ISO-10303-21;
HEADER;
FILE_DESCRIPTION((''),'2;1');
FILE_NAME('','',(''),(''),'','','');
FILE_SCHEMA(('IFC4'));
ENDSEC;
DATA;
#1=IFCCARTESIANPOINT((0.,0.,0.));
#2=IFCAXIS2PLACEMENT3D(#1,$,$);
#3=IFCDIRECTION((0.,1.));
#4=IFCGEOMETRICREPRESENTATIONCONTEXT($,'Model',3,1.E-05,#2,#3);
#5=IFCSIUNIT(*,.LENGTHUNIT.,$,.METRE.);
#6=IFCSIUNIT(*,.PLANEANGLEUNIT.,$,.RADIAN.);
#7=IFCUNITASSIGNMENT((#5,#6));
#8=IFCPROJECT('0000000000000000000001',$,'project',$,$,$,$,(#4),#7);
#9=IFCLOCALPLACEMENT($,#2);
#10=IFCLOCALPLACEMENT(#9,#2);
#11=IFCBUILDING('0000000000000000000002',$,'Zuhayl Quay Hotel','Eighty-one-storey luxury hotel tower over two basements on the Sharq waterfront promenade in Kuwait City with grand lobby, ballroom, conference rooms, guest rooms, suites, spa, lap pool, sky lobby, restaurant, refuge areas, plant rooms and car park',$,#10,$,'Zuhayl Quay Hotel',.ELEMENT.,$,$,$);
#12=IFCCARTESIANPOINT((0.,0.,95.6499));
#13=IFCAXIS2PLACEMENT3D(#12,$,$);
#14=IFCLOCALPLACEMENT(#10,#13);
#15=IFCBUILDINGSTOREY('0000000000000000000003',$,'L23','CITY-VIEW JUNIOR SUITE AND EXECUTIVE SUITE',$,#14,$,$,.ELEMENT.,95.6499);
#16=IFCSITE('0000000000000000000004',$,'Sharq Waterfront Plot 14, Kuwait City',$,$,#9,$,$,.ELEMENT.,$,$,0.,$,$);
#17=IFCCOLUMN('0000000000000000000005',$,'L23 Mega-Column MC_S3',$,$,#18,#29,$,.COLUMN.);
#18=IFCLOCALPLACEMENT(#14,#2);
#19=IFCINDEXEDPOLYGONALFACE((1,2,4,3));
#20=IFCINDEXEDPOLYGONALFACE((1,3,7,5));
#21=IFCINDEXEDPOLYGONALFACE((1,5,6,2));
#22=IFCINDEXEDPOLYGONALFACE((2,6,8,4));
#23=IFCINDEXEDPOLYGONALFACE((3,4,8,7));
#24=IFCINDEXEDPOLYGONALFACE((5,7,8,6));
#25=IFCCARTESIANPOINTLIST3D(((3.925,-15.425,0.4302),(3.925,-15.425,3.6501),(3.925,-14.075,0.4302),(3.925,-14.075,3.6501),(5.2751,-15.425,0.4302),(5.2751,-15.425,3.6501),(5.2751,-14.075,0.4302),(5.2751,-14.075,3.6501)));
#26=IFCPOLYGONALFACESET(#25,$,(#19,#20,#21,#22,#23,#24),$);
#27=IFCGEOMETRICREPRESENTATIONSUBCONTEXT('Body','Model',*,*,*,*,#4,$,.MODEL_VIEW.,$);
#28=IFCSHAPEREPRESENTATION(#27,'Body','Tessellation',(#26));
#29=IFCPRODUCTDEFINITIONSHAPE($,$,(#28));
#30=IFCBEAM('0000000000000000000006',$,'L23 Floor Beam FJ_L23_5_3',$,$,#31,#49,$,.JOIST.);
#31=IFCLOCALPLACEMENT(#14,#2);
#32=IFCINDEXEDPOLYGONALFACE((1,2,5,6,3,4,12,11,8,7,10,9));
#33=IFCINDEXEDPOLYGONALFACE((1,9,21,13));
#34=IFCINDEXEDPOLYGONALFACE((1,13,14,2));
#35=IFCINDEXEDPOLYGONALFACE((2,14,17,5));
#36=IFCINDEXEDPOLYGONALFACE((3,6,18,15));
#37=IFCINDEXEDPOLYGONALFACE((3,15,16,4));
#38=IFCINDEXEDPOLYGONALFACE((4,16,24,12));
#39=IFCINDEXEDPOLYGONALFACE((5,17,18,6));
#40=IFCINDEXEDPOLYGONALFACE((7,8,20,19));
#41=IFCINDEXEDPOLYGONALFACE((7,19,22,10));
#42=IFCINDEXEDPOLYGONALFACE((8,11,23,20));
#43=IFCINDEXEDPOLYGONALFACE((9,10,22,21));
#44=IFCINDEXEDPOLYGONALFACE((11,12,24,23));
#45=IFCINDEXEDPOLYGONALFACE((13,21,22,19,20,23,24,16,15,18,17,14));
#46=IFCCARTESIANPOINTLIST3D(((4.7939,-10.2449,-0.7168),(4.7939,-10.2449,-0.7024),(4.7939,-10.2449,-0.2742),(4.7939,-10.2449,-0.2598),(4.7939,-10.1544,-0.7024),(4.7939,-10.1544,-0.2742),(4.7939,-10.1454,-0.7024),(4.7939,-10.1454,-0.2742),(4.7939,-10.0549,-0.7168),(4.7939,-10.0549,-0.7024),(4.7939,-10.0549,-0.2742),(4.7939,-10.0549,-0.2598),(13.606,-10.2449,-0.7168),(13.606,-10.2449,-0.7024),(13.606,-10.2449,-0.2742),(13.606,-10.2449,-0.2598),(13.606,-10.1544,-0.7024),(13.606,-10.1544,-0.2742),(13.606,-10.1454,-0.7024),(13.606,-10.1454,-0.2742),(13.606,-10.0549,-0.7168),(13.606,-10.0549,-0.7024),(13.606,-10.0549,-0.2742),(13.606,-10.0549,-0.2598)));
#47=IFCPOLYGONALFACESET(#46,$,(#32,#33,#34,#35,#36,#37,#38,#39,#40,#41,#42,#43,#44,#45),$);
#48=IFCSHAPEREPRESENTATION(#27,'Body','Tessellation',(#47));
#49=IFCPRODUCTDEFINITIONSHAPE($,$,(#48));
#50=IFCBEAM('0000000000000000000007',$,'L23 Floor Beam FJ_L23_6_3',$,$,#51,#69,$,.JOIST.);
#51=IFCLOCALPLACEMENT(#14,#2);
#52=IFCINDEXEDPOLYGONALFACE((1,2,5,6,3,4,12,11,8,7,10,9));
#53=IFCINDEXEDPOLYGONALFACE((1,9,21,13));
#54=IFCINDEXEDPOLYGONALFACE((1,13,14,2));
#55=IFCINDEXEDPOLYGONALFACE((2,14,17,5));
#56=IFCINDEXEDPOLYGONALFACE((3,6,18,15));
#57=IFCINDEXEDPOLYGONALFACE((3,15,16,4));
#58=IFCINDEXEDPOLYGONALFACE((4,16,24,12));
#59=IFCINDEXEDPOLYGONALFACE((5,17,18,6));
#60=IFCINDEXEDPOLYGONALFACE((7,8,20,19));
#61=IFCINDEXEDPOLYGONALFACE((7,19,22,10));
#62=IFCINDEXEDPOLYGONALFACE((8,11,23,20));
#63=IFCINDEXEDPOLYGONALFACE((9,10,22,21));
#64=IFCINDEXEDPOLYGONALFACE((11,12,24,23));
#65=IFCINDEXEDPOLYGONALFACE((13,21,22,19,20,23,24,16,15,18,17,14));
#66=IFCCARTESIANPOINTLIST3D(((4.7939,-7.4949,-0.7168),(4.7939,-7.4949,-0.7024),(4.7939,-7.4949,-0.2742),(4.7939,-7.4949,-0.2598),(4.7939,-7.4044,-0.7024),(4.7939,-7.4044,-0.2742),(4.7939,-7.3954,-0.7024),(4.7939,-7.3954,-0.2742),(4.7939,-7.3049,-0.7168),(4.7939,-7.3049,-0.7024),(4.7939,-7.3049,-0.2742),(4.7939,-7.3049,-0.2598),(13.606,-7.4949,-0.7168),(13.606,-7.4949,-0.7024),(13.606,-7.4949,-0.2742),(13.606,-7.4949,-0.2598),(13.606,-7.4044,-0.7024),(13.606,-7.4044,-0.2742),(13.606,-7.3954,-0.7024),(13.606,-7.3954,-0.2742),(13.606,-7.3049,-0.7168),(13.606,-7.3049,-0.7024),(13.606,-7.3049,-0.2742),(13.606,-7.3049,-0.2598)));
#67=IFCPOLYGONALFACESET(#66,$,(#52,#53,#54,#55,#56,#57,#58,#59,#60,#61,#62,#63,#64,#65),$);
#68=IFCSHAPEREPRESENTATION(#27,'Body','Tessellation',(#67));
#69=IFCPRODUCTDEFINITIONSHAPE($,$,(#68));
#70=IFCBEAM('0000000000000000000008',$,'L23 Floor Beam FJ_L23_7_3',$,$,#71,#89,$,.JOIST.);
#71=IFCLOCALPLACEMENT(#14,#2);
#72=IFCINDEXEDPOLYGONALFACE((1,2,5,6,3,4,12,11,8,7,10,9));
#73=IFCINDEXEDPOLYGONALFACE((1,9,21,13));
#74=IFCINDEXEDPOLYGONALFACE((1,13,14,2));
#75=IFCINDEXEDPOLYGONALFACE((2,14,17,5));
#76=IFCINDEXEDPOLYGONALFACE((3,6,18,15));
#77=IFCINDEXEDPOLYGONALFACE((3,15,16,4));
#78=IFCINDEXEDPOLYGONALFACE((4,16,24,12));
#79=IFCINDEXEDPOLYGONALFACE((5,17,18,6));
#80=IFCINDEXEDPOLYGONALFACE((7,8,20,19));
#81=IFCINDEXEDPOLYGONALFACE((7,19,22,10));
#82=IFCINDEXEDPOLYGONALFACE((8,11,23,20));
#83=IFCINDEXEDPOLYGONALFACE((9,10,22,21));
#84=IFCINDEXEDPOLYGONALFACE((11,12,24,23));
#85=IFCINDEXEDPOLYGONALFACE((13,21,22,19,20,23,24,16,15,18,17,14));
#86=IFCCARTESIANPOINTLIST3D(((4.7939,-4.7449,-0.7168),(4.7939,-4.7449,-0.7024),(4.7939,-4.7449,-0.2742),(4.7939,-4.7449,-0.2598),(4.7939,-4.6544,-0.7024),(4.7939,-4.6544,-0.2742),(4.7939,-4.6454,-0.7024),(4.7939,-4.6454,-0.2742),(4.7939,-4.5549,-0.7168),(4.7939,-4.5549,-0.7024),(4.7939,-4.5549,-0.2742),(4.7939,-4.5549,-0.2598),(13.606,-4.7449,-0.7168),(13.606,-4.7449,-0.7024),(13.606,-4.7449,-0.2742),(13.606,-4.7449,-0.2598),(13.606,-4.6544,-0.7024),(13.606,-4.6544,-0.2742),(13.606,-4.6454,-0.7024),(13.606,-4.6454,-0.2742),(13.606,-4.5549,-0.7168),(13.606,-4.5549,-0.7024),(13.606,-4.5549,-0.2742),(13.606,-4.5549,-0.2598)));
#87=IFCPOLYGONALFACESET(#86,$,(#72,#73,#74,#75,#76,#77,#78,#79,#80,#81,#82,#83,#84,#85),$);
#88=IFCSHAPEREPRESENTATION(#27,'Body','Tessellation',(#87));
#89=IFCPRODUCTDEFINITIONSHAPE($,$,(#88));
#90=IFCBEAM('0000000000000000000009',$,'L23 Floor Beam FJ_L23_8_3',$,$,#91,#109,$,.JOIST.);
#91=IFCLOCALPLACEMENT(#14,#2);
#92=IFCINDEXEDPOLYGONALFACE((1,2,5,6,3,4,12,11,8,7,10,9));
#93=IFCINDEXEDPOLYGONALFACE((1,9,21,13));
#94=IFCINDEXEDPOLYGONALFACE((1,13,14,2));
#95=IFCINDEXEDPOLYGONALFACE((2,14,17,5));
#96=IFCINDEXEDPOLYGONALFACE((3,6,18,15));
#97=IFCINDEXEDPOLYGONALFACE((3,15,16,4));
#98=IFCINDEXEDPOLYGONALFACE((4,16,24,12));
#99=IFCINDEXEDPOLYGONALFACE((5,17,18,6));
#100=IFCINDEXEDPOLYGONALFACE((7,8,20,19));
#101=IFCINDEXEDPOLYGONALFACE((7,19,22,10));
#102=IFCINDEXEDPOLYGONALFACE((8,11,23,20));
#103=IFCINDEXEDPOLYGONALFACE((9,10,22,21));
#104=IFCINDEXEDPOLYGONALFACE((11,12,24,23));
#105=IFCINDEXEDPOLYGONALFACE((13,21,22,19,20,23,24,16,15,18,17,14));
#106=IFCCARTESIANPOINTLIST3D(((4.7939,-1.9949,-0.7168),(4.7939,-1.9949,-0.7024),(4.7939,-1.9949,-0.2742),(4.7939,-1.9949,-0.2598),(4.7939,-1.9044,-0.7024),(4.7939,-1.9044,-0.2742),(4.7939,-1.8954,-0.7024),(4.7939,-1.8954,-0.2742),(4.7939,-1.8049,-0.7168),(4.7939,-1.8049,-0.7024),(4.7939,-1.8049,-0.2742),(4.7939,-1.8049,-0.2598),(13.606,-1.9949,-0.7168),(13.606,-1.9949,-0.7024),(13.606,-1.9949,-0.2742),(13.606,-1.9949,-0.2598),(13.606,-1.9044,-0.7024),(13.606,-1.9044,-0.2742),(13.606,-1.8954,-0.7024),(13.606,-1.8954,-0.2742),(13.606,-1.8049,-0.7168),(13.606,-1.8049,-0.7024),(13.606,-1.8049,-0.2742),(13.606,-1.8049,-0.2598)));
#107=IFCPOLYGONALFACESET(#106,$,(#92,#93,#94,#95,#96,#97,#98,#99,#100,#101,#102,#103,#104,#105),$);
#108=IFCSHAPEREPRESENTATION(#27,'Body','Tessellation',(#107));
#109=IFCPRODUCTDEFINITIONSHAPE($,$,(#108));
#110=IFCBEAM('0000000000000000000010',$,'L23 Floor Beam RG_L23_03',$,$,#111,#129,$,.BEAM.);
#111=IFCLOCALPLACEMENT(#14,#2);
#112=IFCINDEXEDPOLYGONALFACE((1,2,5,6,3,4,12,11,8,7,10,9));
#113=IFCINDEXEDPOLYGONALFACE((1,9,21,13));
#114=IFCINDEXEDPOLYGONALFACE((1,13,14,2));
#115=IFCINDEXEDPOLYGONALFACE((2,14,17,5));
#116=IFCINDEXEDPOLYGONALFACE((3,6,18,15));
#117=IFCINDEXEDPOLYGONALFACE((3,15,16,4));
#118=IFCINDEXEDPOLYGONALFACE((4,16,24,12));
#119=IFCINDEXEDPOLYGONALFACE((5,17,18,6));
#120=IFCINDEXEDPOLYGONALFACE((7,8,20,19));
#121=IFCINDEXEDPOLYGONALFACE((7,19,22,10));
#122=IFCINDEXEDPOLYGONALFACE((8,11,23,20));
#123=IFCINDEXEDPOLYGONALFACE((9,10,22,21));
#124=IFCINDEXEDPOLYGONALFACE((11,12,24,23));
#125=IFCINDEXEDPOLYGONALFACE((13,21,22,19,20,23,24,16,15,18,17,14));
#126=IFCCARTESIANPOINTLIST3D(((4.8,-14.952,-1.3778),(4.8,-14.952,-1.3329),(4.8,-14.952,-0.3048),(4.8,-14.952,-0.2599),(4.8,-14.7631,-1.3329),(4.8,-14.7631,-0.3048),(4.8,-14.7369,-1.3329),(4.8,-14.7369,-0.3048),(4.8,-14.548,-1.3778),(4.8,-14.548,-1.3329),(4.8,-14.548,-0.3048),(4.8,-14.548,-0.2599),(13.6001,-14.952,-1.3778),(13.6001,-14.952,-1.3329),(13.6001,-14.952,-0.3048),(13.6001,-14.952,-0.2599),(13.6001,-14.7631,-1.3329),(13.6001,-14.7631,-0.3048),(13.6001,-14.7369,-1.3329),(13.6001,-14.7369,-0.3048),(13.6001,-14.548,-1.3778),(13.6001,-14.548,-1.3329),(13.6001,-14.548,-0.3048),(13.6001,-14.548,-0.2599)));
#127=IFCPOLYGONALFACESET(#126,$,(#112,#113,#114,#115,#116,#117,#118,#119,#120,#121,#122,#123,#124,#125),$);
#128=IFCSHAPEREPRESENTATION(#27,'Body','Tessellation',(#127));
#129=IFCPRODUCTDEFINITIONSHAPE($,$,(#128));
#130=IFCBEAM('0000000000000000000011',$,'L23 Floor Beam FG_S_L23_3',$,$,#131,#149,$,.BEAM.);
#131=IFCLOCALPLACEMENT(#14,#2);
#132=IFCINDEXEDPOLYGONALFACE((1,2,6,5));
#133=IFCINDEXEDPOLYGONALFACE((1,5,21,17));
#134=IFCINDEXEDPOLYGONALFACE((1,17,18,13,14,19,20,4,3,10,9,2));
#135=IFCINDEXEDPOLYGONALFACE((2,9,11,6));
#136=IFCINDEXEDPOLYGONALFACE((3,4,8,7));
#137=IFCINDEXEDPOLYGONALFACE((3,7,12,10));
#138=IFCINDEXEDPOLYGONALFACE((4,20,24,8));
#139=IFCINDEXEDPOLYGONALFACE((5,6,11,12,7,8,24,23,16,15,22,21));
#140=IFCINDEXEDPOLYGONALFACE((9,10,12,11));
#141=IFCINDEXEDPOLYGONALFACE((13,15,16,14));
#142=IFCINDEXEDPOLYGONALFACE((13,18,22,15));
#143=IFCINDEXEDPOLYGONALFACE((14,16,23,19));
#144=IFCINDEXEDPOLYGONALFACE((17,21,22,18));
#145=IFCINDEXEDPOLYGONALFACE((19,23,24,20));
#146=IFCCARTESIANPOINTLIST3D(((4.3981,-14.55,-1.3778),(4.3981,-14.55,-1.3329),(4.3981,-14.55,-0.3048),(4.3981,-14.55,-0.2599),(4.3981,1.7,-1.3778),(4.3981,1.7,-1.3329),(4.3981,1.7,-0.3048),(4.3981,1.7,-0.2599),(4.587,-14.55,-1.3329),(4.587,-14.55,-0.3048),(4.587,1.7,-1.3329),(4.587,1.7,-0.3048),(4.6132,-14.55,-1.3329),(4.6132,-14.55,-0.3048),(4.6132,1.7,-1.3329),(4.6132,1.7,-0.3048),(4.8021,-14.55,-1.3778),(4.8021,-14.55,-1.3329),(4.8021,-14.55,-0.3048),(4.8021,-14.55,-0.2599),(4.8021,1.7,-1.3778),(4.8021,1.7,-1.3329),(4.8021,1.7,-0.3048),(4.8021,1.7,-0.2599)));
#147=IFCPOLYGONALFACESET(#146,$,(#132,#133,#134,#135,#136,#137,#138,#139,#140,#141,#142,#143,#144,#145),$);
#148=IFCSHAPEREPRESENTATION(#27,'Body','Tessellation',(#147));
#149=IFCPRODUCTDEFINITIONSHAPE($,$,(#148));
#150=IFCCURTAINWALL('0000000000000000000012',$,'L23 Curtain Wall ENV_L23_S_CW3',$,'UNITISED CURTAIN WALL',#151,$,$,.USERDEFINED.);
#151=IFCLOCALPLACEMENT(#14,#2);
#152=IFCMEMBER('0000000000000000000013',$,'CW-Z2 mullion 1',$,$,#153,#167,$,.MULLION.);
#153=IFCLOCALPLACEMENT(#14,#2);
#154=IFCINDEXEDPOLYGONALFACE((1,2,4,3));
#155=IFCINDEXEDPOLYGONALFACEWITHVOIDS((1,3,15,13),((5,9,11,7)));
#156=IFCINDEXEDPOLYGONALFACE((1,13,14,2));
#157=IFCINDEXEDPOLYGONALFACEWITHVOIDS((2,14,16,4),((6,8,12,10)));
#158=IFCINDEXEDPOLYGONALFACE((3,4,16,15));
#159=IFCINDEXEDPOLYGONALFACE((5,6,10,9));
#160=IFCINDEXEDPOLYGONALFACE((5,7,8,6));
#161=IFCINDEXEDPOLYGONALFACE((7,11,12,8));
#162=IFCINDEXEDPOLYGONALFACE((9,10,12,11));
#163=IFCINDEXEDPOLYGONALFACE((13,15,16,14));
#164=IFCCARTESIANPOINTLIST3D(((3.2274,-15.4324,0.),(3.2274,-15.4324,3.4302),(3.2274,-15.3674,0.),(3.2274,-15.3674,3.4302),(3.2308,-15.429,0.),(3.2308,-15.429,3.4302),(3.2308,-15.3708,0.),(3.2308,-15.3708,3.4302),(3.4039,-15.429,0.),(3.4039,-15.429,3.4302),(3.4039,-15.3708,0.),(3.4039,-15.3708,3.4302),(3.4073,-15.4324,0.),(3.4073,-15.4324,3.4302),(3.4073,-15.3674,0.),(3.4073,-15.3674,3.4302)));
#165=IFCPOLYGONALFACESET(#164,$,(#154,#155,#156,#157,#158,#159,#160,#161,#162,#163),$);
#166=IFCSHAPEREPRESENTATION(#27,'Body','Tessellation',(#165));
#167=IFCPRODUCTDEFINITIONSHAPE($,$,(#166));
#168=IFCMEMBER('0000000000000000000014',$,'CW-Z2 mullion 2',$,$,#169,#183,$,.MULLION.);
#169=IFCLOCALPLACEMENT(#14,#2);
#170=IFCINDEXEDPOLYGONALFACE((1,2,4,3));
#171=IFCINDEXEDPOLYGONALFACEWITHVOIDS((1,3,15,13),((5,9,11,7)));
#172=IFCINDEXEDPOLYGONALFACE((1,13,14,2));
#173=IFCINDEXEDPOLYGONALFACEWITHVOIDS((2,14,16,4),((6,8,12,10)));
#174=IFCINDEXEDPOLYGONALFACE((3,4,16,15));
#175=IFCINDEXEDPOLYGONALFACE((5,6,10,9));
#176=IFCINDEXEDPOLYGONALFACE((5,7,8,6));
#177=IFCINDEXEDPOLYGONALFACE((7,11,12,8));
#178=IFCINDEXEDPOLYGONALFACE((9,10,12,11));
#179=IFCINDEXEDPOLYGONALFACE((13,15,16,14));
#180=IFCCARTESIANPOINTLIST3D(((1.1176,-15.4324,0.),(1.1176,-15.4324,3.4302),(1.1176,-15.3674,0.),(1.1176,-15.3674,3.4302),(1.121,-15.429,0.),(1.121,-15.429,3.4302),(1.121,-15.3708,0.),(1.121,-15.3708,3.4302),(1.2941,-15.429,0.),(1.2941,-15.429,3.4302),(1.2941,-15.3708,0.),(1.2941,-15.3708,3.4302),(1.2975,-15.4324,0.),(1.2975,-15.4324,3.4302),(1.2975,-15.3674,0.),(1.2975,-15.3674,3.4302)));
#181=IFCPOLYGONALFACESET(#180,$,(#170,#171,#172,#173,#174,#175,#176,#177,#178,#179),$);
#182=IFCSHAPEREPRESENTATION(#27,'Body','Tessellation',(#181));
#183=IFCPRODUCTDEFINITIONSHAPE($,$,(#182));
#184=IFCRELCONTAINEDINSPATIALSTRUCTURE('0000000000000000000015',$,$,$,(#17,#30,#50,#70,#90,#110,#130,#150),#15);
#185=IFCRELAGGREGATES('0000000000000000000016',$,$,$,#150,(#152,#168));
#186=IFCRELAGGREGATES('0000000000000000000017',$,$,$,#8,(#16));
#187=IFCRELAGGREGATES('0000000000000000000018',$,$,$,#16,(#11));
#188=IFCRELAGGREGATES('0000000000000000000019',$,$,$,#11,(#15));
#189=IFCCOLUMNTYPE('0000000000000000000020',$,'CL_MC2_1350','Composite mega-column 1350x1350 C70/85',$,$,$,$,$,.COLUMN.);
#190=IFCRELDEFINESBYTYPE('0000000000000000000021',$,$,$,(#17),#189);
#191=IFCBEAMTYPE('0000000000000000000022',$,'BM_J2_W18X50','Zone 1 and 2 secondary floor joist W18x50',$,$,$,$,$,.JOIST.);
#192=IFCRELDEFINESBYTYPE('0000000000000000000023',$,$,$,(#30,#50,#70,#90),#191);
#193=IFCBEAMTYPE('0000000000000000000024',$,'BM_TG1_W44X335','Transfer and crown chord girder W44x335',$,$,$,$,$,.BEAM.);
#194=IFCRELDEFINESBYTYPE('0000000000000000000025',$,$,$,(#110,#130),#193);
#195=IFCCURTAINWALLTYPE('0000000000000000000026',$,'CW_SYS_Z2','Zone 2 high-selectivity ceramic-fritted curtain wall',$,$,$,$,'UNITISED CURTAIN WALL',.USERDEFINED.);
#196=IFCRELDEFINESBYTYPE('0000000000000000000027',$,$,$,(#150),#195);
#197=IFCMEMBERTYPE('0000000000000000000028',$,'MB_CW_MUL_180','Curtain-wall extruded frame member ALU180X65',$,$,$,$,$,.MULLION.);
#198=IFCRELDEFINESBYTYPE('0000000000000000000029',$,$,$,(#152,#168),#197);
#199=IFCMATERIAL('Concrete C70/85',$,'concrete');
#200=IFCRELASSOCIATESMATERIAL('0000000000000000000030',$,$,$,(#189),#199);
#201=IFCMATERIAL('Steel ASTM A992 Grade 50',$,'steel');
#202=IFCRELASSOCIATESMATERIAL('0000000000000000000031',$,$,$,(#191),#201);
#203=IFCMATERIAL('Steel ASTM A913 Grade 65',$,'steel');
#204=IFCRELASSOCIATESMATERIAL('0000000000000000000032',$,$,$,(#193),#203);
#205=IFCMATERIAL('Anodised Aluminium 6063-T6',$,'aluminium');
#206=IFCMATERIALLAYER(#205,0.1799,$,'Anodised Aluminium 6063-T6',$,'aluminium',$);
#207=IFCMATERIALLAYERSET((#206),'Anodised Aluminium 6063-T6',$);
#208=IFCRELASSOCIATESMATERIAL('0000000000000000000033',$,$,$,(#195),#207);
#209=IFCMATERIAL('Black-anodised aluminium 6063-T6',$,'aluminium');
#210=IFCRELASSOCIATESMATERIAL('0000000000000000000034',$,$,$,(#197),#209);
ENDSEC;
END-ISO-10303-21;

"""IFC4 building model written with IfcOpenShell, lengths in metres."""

from ifc_helpers import new_model, si_unit, direction, frame, origin, origin_2d, place, context, subcontext, project, spatial, rectangle, hollow_rectangle, i_section, extrude, material, layer, layer_set, material_profile, profile_set, type_object, element, aggregate, save


model = new_model("IFC4")

# Units and contexts
model_context = context("Model", 3, precision=1e-05, world=origin(), true_north=direction((0.0, 1.0)))
body_context = subcontext(model_context, "Body", "Model", "MODEL_VIEW")
ifc_project = project(units=[si_unit("LENGTHUNIT", "METRE"), si_unit("PLANEANGLEUNIT", "RADIAN")], contexts=[model_context])

# Site, building, storey
site_placement = place(None, origin())
site = spatial("IfcSite", under=ifc_project, at=site_placement, Name="Sharq Waterfront Plot 14, Kuwait City", CompositionType="ELEMENT", RefElevation=0.0)
building_placement = place(site_placement, origin())
building = spatial("IfcBuilding", under=site, at=building_placement, Name="Zuhayl Quay Hotel", Description="Eighty-one-storey luxury hotel tower over two basements on the Sharq waterfront promenade in Kuwait City with grand lobby, ballroom, conference rooms, guest rooms, suites, spa, lap pool, sky lobby, restaurant, refuge areas, plant rooms and car park", LongName="Zuhayl Quay Hotel", CompositionType="ELEMENT")
storey_placement = place(building_placement, frame((0.0, 0.0, 95.6499)))
storey = spatial("IfcBuildingStorey", under=building, at=storey_placement, Name="L23", Description="CITY-VIEW JUNIOR SUITE AND EXECUTIVE SUITE", CompositionType="ELEMENT", Elevation=95.6499)

# Column
ifc_material_1 = material(Name="Concrete C70/85", Category="concrete")
ifc_material_profile_1 = material_profile(ifc_material_1, rectangle(XDim=1.3501, YDim=1.3501, at=origin_2d()), Name="RC1350X1350")
ifc_profile_set_1 = profile_set([ifc_material_profile_1], Name="Concrete C70/85")
column_type = type_object("IfcColumnType", Name="CL_MC2_1350", Description="Composite mega-column 1350x1350 C70/85", PredefinedType="COLUMN", material=ifc_profile_set_1)
column_placement = place(storey_placement, frame((4.6001, -14.75, 0.4302), z_axis=(0.0, 0.0, 1.0), x_axis=(1.0, 0.0, 0.0)))
element("IfcColumn", 1, at=column_placement, inside=storey, type_object=column_type, Name="L23 Mega-Column MC_S3", PredefinedType="COLUMN", context=body_context, shape_type="SweptSolid", body=[
    extrude(rectangle(XDim=1.3501, YDim=1.3501, at=origin_2d()), origin(), (0.0, 0.0, 1.0), 3.22),
])

# Beams
ifc_material_2 = material(Name="Steel ASTM A992 Grade 50", Category="steel")
ifc_material_profile_2 = material_profile(ifc_material_2, i_section(OverallWidth=0.1899, OverallDepth=0.457, WebThickness=0.009, FlangeThickness=0.0144, at=origin_2d()), Name="W18X50")
ifc_profile_set_2 = profile_set([ifc_material_profile_2], Name="Steel ASTM A992 Grade 50")
beam_type_1 = type_object("IfcBeamType", Name="BM_J2_W18X50", Description="Zone 1 and 2 secondary floor joist W18x50", PredefinedType="JOIST", material=ifc_profile_set_2)
for number, where, z_axis, x_axis, name in (
    (2, (4.7939, -10.1499, -0.4883), (1.0, 0.0, 0.0), (0.0, 1.0, 0.0), "L23 Floor Beam FJ_L23_5_3"),
    (3, (4.7939, -7.3999, -0.4883), (1.0, 0.0, 0.0), (0.0, 1.0, 0.0), "L23 Floor Beam FJ_L23_6_3"),
    (4, (4.7939, -4.6499, -0.4883), (1.0, 0.0, 0.0), (0.0, 1.0, 0.0), "L23 Floor Beam FJ_L23_7_3"),
    (5, (4.7939, -1.8999, -0.4883), (1.0, 0.0, 0.0), (0.0, 1.0, 0.0), "L23 Floor Beam FJ_L23_8_3"),
):
    element("IfcBeam", number, at=place(storey_placement, frame(where, z_axis=z_axis, x_axis=x_axis)), inside=storey, type_object=beam_type_1, Name=name, PredefinedType="JOIST", context=body_context, shape_type="SweptSolid", body=[
        extrude(i_section(OverallWidth=0.1899, OverallDepth=0.457, WebThickness=0.009, FlangeThickness=0.0144, at=origin_2d()), origin(), (0.0, 0.0, 1.0), 8.812),
    ])
ifc_material_3 = material(Name="Steel ASTM A913 Grade 65", Category="steel")
ifc_material_profile_3 = material_profile(ifc_material_3, i_section(OverallWidth=0.4041, OverallDepth=1.1179, WebThickness=0.0261, FlangeThickness=0.0449, at=origin_2d()), Name="W44X335")
ifc_profile_set_3 = profile_set([ifc_material_profile_3], Name="Steel ASTM A913 Grade 65")
beam_type_2 = type_object("IfcBeamType", Name="BM_TG1_W44X335", Description="Transfer and crown chord girder W44x335", PredefinedType="BEAM", material=ifc_profile_set_3)
beam_1_placement = place(storey_placement, frame((4.8, -14.75, -0.8188), z_axis=(1.0, 0.0, 0.0), x_axis=(0.0, 1.0, 0.0)))
element("IfcBeam", 6, at=beam_1_placement, inside=storey, type_object=beam_type_2, Name="L23 Floor Beam RG_L23_03", PredefinedType="BEAM", context=body_context, shape_type="SweptSolid", body=[
    extrude(i_section(OverallWidth=0.4041, OverallDepth=1.1179, WebThickness=0.0261, FlangeThickness=0.0449, at=origin_2d()), origin(), (0.0, 0.0, 1.0), 8.8),
])
beam_2_placement = place(storey_placement, frame((4.6001, -14.55, -0.8188), z_axis=(0.0, 1.0, 0.0), x_axis=(-1.0, 0.0, 0.0)))
element("IfcBeam", 7, at=beam_2_placement, inside=storey, type_object=beam_type_2, Name="L23 Floor Beam FG_S_L23_3", PredefinedType="BEAM", context=body_context, shape_type="SweptSolid", body=[
    extrude(i_section(OverallWidth=0.4041, OverallDepth=1.1179, WebThickness=0.0261, FlangeThickness=0.0449, at=origin_2d()), origin(), (0.0, 0.0, 1.0), 16.25),
])

# Curtain wall, members
ifc_material_4 = material(Name="Anodised Aluminium 6063-T6", Category="aluminium")
ifc_layer_1 = layer(ifc_material_4, 0.1799, Name="Anodised Aluminium 6063-T6", Category="aluminium")
ifc_layer_set_1 = layer_set([ifc_layer_1], Name="Anodised Aluminium 6063-T6")
curtain_wall_type = type_object("IfcCurtainWallType", Name="CW_SYS_Z2", Description="Zone 2 high-selectivity ceramic-fritted curtain wall", ElementType="UNITISED CURTAIN WALL", PredefinedType="USERDEFINED", material=ifc_layer_set_1)
curtain_wall_placement = place(storey_placement, origin())
curtain_wall = element("IfcCurtainWall", 8, at=curtain_wall_placement, inside=storey, type_object=curtain_wall_type, Name="L23 Curtain Wall ENV_L23_S_CW3", ObjectType="UNITISED CURTAIN WALL", PredefinedType="USERDEFINED")
ifc_material_5 = material(Name="Black-anodised aluminium 6063-T6", Category="aluminium")
ifc_material_profile_4 = material_profile(ifc_material_5, hollow_rectangle(XDim=0.0649, YDim=0.1799, WallThickness=0.0034, at=origin_2d()), Name="ALU180X65")
ifc_profile_set_4 = profile_set([ifc_material_profile_4], Name="Black-anodised aluminium 6063-T6")
member_type_1 = type_object("IfcMemberType", Name="MB_CW_MUL_180", Description="Curtain-wall extruded frame member ALU180X65", PredefinedType="MULLION", material=ifc_profile_set_4)
member_1_placement = place(storey_placement, frame((3.3174, -15.3999, 0.0), z_axis=(0.0, 0.0, 1.0), x_axis=(0.0, -1.0, 0.0)))
member_1 = element("IfcMember", 9, at=member_1_placement, type_object=member_type_1, Name="CW-Z2 mullion 1", PredefinedType="MULLION", context=body_context, shape_type="SweptSolid", body=[
    extrude(hollow_rectangle(XDim=0.0649, YDim=0.1799, WallThickness=0.0034, at=origin_2d()), origin(), (0.0, 0.0, 1.0), 3.4302),
])
member_2_placement = place(storey_placement, frame((1.2075, -15.3999, 0.0), z_axis=(0.0, 0.0, 1.0), x_axis=(0.0, -1.0, 0.0)))
member_2 = element("IfcMember", 10, at=member_2_placement, type_object=member_type_1, Name="CW-Z2 mullion 2", PredefinedType="MULLION", context=body_context, shape_type="SweptSolid", body=[
    extrude(hollow_rectangle(XDim=0.0649, YDim=0.1799, WallThickness=0.0034, at=origin_2d()), origin(), (0.0, 0.0, 1.0), 3.4302),
])
aggregate(curtain_wall, [member_1, member_2])

save(model, "model.ifc")
